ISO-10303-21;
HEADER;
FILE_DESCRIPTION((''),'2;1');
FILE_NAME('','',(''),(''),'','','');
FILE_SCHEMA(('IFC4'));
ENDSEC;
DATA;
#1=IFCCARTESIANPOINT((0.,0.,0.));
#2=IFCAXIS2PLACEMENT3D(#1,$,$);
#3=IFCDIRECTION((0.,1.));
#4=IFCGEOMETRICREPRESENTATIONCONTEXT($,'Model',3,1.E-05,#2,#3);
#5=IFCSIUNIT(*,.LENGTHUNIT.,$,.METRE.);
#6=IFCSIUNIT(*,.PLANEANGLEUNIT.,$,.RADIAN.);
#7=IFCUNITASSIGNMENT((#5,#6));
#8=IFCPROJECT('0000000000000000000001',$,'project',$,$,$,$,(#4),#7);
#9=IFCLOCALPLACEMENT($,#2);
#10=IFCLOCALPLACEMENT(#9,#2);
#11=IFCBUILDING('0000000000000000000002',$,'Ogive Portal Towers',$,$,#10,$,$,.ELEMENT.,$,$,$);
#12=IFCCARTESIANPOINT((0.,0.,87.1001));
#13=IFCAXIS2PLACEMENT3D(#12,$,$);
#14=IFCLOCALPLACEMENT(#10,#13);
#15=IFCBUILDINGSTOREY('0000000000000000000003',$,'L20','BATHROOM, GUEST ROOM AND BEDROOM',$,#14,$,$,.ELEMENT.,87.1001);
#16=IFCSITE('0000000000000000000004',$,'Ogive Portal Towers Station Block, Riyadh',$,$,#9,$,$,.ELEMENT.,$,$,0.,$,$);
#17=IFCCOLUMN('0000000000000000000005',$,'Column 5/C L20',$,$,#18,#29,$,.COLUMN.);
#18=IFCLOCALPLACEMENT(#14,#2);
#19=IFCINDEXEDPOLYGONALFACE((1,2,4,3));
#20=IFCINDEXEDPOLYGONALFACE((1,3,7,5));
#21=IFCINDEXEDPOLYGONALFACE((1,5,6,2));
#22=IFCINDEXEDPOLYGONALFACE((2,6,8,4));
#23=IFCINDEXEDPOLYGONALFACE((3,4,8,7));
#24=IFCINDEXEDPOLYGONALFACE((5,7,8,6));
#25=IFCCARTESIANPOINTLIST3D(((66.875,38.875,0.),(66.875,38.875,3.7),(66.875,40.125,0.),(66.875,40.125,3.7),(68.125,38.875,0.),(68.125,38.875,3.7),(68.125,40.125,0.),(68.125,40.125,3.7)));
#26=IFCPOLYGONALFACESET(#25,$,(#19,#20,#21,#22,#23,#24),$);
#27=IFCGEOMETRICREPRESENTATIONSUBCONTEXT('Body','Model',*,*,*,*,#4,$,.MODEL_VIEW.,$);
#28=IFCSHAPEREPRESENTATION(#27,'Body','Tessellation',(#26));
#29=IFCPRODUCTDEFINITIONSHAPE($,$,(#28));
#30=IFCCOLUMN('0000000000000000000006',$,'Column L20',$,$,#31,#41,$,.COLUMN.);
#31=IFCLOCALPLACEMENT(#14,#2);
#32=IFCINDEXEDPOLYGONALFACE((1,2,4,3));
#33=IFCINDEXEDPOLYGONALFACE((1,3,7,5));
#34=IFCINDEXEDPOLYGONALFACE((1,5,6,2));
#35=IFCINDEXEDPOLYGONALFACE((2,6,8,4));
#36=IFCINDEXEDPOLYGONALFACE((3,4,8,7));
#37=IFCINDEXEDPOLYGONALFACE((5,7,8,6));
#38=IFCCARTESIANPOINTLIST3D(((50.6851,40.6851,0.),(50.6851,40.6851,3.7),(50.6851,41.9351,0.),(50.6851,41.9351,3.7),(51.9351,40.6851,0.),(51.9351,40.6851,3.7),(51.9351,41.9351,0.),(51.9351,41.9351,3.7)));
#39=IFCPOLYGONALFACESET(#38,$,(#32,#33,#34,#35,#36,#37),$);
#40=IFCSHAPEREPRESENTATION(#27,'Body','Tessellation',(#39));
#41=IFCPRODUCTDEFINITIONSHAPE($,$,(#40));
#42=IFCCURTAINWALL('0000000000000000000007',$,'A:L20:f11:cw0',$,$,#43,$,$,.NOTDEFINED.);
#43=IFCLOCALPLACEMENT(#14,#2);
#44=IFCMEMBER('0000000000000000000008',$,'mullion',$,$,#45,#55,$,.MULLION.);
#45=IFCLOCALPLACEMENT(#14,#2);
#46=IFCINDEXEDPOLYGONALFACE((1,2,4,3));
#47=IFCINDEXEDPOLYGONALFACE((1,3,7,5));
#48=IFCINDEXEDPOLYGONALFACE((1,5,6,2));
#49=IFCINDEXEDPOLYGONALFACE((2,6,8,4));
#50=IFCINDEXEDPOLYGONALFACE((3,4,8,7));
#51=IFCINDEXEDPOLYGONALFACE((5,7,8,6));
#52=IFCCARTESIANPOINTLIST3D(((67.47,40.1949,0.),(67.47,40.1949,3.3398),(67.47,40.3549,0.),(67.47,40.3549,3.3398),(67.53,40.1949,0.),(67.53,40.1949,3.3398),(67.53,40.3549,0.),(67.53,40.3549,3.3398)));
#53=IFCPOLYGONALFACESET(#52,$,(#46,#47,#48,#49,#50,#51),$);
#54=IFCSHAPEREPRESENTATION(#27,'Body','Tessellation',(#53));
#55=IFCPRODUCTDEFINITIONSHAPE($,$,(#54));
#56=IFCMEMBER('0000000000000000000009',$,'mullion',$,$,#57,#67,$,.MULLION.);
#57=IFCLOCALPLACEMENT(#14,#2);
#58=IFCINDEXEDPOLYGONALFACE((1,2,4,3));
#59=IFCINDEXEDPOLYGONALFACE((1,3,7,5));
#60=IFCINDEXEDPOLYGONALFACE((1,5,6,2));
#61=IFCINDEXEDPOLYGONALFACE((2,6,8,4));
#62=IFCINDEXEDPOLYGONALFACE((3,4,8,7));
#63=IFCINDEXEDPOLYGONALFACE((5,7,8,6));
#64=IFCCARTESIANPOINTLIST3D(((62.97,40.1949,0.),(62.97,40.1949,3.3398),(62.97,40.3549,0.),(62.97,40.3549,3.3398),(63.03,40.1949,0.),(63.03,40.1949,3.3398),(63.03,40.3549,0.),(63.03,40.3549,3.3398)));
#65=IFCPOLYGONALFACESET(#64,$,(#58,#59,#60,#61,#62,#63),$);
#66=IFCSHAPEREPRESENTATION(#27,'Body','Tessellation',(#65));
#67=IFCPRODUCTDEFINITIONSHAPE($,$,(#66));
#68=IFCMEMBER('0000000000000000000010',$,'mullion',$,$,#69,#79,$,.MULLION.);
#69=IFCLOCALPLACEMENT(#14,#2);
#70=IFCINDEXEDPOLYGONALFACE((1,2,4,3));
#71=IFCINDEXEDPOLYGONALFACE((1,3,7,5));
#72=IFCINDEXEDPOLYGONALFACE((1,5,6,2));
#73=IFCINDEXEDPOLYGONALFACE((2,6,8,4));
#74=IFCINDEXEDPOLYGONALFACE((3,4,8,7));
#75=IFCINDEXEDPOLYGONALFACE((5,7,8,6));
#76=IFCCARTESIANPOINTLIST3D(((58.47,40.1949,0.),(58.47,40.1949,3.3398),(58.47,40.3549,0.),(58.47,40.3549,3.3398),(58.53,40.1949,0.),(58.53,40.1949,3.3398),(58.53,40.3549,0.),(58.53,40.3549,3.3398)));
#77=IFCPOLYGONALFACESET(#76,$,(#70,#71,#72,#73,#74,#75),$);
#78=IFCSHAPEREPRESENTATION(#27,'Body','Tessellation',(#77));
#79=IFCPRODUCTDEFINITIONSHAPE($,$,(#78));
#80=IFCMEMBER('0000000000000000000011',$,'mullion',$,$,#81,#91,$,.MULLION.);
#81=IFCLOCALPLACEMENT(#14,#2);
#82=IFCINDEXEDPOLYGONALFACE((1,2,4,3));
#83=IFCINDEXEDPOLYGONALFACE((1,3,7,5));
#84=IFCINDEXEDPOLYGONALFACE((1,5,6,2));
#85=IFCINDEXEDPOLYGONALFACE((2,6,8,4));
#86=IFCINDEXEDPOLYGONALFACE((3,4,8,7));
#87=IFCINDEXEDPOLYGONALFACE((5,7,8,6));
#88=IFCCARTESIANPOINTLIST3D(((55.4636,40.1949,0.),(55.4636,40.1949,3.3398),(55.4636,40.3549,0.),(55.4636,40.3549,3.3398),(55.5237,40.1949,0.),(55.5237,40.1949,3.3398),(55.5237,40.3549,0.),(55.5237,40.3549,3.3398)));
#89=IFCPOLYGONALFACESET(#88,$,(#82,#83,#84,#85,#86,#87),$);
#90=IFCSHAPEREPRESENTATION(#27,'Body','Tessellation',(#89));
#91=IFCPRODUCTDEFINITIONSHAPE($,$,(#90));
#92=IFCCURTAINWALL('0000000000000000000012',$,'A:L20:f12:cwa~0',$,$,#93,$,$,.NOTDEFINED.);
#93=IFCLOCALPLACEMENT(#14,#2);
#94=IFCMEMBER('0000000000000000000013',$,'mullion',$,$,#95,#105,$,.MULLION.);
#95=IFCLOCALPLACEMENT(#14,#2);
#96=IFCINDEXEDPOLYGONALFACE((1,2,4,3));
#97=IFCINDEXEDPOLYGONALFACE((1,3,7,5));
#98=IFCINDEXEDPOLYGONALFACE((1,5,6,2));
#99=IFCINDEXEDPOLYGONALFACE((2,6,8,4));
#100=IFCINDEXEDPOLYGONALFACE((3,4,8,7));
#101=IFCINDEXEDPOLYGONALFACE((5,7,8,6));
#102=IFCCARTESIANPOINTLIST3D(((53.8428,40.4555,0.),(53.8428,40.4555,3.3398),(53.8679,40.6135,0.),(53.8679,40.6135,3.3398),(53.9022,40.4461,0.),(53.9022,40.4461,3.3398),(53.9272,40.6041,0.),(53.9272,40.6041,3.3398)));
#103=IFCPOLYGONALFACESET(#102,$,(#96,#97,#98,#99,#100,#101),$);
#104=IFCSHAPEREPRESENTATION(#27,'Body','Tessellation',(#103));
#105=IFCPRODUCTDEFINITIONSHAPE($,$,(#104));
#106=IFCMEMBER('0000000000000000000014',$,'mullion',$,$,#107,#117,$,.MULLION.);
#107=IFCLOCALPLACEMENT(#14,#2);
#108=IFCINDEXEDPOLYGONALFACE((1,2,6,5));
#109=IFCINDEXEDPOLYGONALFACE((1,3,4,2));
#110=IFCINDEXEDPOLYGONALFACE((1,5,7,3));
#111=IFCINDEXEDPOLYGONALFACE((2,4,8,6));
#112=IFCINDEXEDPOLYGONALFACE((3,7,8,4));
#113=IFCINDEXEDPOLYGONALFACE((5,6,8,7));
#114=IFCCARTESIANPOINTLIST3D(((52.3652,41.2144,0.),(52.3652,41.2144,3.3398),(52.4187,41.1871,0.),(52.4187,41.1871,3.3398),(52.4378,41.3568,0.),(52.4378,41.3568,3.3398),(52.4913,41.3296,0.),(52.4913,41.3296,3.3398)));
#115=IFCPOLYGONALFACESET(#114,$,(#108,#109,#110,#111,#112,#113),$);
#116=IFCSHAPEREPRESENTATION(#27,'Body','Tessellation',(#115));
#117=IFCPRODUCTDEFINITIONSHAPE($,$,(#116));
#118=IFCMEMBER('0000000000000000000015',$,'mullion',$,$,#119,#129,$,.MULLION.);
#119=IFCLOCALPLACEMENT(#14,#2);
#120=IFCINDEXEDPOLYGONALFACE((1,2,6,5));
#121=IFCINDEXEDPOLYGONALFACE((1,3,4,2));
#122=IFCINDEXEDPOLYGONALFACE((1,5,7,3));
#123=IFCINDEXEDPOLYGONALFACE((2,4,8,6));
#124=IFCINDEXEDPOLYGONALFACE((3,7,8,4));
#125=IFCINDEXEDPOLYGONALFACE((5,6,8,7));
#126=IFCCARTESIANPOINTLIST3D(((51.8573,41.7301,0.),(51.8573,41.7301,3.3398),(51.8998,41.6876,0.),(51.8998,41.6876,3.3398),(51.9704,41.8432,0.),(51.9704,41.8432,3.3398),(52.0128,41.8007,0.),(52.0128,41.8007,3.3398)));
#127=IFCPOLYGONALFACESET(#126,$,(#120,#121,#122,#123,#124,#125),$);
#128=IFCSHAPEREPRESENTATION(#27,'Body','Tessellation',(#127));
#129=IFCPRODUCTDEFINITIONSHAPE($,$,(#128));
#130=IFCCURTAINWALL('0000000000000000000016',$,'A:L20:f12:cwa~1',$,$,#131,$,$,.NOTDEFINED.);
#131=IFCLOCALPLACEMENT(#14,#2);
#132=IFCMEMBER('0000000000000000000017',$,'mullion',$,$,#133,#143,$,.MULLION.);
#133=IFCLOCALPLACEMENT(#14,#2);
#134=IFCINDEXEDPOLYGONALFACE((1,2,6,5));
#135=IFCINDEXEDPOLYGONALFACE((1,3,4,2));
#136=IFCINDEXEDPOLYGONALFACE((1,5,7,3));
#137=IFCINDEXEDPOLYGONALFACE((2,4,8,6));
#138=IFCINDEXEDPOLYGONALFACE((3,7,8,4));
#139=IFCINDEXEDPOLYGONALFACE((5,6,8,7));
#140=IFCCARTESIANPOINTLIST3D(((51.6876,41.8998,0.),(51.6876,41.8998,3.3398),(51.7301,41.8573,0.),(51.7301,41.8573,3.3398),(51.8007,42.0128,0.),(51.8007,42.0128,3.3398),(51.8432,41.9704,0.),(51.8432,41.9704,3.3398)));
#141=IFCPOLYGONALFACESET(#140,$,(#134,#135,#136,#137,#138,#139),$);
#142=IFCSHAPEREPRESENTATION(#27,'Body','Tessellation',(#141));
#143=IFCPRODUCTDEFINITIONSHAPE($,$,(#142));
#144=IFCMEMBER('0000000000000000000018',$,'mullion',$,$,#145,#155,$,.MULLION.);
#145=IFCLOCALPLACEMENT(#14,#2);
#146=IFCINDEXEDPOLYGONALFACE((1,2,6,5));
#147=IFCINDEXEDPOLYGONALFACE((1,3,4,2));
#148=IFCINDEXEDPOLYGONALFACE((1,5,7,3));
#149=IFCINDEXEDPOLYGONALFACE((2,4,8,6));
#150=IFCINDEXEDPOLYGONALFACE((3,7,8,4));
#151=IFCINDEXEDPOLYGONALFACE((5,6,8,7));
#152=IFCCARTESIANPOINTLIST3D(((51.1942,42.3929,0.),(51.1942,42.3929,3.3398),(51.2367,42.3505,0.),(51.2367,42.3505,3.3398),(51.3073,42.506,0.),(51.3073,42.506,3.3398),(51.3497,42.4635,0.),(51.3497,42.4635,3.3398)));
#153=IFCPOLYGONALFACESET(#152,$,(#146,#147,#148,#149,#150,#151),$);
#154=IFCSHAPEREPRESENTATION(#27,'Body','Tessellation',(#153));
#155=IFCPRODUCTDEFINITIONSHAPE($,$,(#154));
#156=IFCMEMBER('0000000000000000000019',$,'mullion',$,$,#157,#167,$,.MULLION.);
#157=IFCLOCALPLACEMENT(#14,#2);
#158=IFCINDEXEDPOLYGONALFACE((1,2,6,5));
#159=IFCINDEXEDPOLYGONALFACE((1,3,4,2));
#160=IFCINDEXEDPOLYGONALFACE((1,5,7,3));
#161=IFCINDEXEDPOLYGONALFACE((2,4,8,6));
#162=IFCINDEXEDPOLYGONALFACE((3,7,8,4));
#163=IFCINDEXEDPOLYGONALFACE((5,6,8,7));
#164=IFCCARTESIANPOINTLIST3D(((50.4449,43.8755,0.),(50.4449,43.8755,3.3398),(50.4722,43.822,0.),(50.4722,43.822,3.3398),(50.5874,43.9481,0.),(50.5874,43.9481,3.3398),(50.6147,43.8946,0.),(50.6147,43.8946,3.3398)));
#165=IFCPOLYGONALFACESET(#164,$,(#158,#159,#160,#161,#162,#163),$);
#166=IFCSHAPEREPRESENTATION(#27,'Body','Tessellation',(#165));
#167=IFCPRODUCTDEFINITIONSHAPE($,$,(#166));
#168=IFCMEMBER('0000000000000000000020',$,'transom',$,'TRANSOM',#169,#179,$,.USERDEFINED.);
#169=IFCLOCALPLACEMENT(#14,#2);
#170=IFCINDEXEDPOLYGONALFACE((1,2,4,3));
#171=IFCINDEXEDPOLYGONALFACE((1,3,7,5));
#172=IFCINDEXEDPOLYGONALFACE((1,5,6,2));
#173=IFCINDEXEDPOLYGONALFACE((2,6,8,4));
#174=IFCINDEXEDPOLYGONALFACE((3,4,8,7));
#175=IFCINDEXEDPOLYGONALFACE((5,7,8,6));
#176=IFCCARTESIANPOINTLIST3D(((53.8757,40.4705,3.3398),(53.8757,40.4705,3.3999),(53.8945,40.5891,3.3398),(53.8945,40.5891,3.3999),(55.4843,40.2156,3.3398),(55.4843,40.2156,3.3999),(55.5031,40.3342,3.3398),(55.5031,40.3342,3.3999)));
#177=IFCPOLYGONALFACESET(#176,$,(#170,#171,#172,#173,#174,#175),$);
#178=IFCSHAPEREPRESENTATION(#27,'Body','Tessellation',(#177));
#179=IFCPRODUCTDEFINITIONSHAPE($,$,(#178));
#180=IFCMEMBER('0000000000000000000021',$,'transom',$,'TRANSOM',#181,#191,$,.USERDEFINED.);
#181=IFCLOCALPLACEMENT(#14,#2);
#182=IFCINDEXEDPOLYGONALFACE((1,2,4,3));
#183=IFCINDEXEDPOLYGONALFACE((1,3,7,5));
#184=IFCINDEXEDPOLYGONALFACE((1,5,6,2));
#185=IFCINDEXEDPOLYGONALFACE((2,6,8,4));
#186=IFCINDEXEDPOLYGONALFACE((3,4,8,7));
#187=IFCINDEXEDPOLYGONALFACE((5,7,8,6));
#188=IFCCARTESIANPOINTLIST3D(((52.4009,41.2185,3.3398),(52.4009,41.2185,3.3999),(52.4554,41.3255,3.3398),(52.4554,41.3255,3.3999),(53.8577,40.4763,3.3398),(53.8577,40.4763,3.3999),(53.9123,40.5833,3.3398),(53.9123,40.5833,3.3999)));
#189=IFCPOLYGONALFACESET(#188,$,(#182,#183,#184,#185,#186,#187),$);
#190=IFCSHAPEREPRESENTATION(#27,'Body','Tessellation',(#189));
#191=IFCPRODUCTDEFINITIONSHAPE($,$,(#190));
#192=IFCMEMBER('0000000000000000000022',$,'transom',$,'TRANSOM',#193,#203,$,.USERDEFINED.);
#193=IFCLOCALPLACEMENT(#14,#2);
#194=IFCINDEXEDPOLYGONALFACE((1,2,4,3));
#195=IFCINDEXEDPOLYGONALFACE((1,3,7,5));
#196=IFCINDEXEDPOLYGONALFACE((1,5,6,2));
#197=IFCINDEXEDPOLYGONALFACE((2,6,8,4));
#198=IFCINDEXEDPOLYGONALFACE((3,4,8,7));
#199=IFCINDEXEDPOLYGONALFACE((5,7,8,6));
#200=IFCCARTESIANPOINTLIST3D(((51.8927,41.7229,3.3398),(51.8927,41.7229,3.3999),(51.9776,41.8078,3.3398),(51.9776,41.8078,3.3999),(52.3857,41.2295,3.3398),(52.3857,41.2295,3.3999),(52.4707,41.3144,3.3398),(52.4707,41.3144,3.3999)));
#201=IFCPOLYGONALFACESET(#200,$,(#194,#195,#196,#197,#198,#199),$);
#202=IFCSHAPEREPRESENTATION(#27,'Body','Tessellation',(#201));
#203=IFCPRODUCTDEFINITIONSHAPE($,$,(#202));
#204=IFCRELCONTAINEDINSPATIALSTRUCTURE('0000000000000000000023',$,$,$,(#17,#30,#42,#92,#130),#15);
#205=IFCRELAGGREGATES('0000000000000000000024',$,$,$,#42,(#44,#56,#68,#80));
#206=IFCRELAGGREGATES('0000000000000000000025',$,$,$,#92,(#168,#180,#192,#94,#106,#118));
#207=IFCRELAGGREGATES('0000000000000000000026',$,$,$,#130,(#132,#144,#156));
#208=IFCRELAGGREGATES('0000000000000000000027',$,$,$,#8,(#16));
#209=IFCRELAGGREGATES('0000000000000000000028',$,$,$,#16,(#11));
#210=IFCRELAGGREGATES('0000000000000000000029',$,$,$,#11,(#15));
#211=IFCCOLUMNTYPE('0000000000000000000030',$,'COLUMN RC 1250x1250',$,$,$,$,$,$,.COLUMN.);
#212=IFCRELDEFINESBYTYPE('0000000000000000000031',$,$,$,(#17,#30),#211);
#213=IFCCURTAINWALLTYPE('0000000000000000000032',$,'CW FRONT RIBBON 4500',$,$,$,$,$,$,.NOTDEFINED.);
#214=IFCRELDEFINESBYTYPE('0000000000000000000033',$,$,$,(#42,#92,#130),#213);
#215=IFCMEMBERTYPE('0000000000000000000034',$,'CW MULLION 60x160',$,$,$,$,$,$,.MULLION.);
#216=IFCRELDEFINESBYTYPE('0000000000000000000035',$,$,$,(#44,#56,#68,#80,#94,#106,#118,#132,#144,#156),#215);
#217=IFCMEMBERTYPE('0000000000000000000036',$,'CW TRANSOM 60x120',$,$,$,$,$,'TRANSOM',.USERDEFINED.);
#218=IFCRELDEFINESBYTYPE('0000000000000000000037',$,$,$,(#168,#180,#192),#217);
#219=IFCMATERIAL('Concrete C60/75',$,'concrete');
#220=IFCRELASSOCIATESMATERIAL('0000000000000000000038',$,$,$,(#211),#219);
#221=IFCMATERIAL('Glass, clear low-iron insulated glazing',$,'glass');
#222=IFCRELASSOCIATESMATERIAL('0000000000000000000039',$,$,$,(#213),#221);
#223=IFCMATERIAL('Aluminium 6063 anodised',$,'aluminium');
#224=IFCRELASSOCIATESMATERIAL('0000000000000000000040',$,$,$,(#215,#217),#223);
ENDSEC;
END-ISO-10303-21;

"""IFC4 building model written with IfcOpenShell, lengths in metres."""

from ifc_helpers import new_model, si_unit, direction, frame, origin, origin_2d, place, context, subcontext, project, spatial, rectangle, extrude, material, material_profile, profile_set, type_object, element, aggregate, save


model = new_model("IFC4")

# Units and contexts
model_context = context("Model", 3, precision=1e-05, world=origin(), true_north=direction((0.0, 1.0)))
body_context = subcontext(model_context, "Body", "Model", "MODEL_VIEW")
ifc_project = project(units=[si_unit("LENGTHUNIT", "METRE"), si_unit("PLANEANGLEUNIT", "RADIAN")], contexts=[model_context])

# Site, building, storey
site_placement = place(None, origin())
site = spatial("IfcSite", under=ifc_project, at=site_placement, Name="Ogive Portal Towers Station Block, Riyadh", CompositionType="ELEMENT", RefElevation=0.0)
building_placement = place(site_placement, origin())
building = spatial("IfcBuilding", under=site, at=building_placement, Name="Ogive Portal Towers", CompositionType="ELEMENT")
storey_placement = place(building_placement, frame((0.0, 0.0, 87.1001)))
storey = spatial("IfcBuildingStorey", under=building, at=storey_placement, Name="L20", Description="BATHROOM, GUEST ROOM AND BEDROOM", CompositionType="ELEMENT", Elevation=87.1001)

# Columns
ifc_material_1 = material(Name="Concrete C60/75", Category="concrete")
ifc_material_profile_1 = material_profile(ifc_material_1, rectangle(XDim=1.25, YDim=1.25, at=origin_2d()), Name="RC 1250x1250")
ifc_profile_set_1 = profile_set([ifc_material_profile_1], Name="Concrete C60/75")
column_type = type_object("IfcColumnType", Name="COLUMN RC 1250x1250", PredefinedType="COLUMN", material=ifc_profile_set_1)
for number, where, z_axis, x_axis, name in (
    (1, (67.5, 39.5, 0.0), (0.0, 0.0, 1.0), (1.0, 0.0, 0.0), "Column 5/C L20"),
    (2, (51.3101, 41.3101, 0.0), (0.0, 0.0, 1.0), (1.0, 0.0, 0.0), "Column L20"),
):
    element("IfcColumn", number, at=place(storey_placement, frame(where, z_axis=z_axis, x_axis=x_axis)), inside=storey, type_object=column_type, Name=name, PredefinedType="COLUMN", context=body_context, shape_type="SweptSolid", body=[
        extrude(rectangle(XDim=1.25, YDim=1.25, at=origin_2d()), origin(), (0.0, 0.0, 1.0), 3.7),
    ])

# Curtain walls, members
ifc_material_2 = material(Name="Glass, clear low-iron insulated glazing", Category="glass")
curtain_wall_type = type_object("IfcCurtainWallType", Name="CW FRONT RIBBON 4500", PredefinedType="NOTDEFINED", material=ifc_material_2)
curtain_wall_1_placement = place(storey_placement, origin())
curtain_wall_1 = element("IfcCurtainWall", 3, at=curtain_wall_1_placement, inside=storey, type_object=curtain_wall_type, Name="A:L20:f11:cw0", PredefinedType="NOTDEFINED")
ifc_material_3 = material(Name="Aluminium 6063 anodised", Category="aluminium")
ifc_material_profile_2 = material_profile(ifc_material_3, rectangle(XDim=0.1599, YDim=0.0601, at=origin_2d()), Name="AL 60x160")
ifc_profile_set_2 = profile_set([ifc_material_profile_2], Name="Aluminium 6063 anodised")
member_type_1 = type_object("IfcMemberType", Name="CW MULLION 60x160", PredefinedType="MULLION", material=ifc_profile_set_2)
member_1_placement = place(storey_placement, frame((67.5, 40.2749, 0.0), z_axis=(0.0, 0.0, 1.0), x_axis=(0.0, -1.0, 0.0)))
member_1 = element("IfcMember", 4, at=member_1_placement, type_object=member_type_1, Name="mullion", PredefinedType="MULLION", context=body_context, shape_type="SweptSolid", body=[
    extrude(rectangle(XDim=0.1599, YDim=0.0601, at=origin_2d()), origin(), (0.0, 0.0, 1.0), 3.3398),
])
member_2_placement = place(storey_placement, frame((63.0, 40.2749, 0.0), z_axis=(0.0, 0.0, 1.0), x_axis=(0.0, -1.0, 0.0)))
member_2 = element("IfcMember", 5, at=member_2_placement, type_object=member_type_1, Name="mullion", PredefinedType="MULLION", context=body_context, shape_type="SweptSolid", body=[
    extrude(rectangle(XDim=0.1599, YDim=0.0601, at=origin_2d()), origin(), (0.0, 0.0, 1.0), 3.3398),
])
member_3_placement = place(storey_placement, frame((58.5, 40.2749, 0.0), z_axis=(0.0, 0.0, 1.0), x_axis=(0.0, -1.0, 0.0)))
member_3 = element("IfcMember", 6, at=member_3_placement, type_object=member_type_1, Name="mullion", PredefinedType="MULLION", context=body_context, shape_type="SweptSolid", body=[
    extrude(rectangle(XDim=0.1599, YDim=0.0601, at=origin_2d()), origin(), (0.0, 0.0, 1.0), 3.3398),
])
member_4_placement = place(storey_placement, frame((55.4937, 40.2749, 0.0), z_axis=(0.0, 0.0, 1.0), x_axis=(0.0, -1.0, 0.0)))
member_4 = element("IfcMember", 7, at=member_4_placement, type_object=member_type_1, Name="mullion", PredefinedType="MULLION", context=body_context, shape_type="SweptSolid", body=[
    extrude(rectangle(XDim=0.1599, YDim=0.0601, at=origin_2d()), origin(), (0.0, 0.0, 1.0), 3.3398),
])
curtain_wall_2_placement = place(storey_placement, origin())
curtain_wall_2 = element("IfcCurtainWall", 8, at=curtain_wall_2_placement, inside=storey, type_object=curtain_wall_type, Name="A:L20:f12:cwa~0", PredefinedType="NOTDEFINED")
member_5_placement = place(storey_placement, frame((53.885, 40.5298, 0.0), z_axis=(0.0, 0.0, 1.0), x_axis=(-0.156434, -0.987688, 0.0)))
member_5 = element("IfcMember", 9, at=member_5_placement, type_object=member_type_1, Name="mullion", PredefinedType="MULLION", context=body_context, shape_type="SweptSolid", body=[
    extrude(rectangle(XDim=0.1599, YDim=0.0601, at=origin_2d()), origin(), (0.0, 0.0, 1.0), 3.3398),
])
member_6_placement = place(storey_placement, frame((52.4282, 41.272, 0.0), z_axis=(0.0, 0.0, 1.0), x_axis=(-0.45399, -0.891007, 0.0)))
member_6 = element("IfcMember", 10, at=member_6_placement, type_object=member_type_1, Name="mullion", PredefinedType="MULLION", context=body_context, shape_type="SweptSolid", body=[
    extrude(rectangle(XDim=0.1599, YDim=0.0601, at=origin_2d()), origin(), (0.0, 0.0, 1.0), 3.3398),
])
member_7_placement = place(storey_placement, frame((51.9351, 41.7654, 0.0), z_axis=(0.0, 0.0, 1.0), x_axis=(-0.707107, -0.707107, 0.0)))
member_7 = element("IfcMember", 11, at=member_7_placement, type_object=member_type_1, Name="mullion", PredefinedType="MULLION", context=body_context, shape_type="SweptSolid", body=[
    extrude(rectangle(XDim=0.1599, YDim=0.0601, at=origin_2d()), origin(), (0.0, 0.0, 1.0), 3.3398),
])
curtain_wall_3_placement = place(storey_placement, origin())
curtain_wall_3 = element("IfcCurtainWall", 12, at=curtain_wall_3_placement, inside=storey, type_object=curtain_wall_type, Name="A:L20:f12:cwa~1", PredefinedType="NOTDEFINED")
member_8_placement = place(storey_placement, frame((51.7654, 41.9351, 0.0), z_axis=(0.0, 0.0, 1.0), x_axis=(-0.707107, -0.707107, 0.0)))
member_8 = element("IfcMember", 13, at=member_8_placement, type_object=member_type_1, Name="mullion", PredefinedType="MULLION", context=body_context, shape_type="SweptSolid", body=[
    extrude(rectangle(XDim=0.1599, YDim=0.0601, at=origin_2d()), origin(), (0.0, 0.0, 1.0), 3.3398),
])
member_9_placement = place(storey_placement, frame((51.272, 42.4282, 0.0), z_axis=(0.0, 0.0, 1.0), x_axis=(-0.707107, -0.707107, 0.0)))
member_9 = element("IfcMember", 14, at=member_9_placement, type_object=member_type_1, Name="mullion", PredefinedType="MULLION", context=body_context, shape_type="SweptSolid", body=[
    extrude(rectangle(XDim=0.1599, YDim=0.0601, at=origin_2d()), origin(), (0.0, 0.0, 1.0), 3.3398),
])
member_10_placement = place(storey_placement, frame((50.5298, 43.885, 0.0), z_axis=(0.0, 0.0, 1.0), x_axis=(-0.891007, -0.45399, 0.0)))
member_10 = element("IfcMember", 15, at=member_10_placement, type_object=member_type_1, Name="mullion", PredefinedType="MULLION", context=body_context, shape_type="SweptSolid", body=[
    extrude(rectangle(XDim=0.1599, YDim=0.0601, at=origin_2d()), origin(), (0.0, 0.0, 1.0), 3.3398),
])

# Members
ifc_material_profile_3 = material_profile(ifc_material_3, rectangle(XDim=0.1201, YDim=0.0601, at=origin_2d()), Name="AL 120x60")
ifc_profile_set_3 = profile_set([ifc_material_profile_3], Name="Aluminium 6063 anodised")
member_type_2 = type_object("IfcMemberType", Name="CW TRANSOM 60x120", ElementType="TRANSOM", PredefinedType="USERDEFINED", material=ifc_profile_set_3)
member_11_placement = place(storey_placement, frame((55.4937, 40.2749, 3.3699), z_axis=(-0.987679, 0.156494, 0.0), x_axis=(-0.156494, -0.987679, 0.0)))
member_11 = element("IfcMember", 16, at=member_11_placement, type_object=member_type_2, Name="transom", ObjectType="TRANSOM", PredefinedType="USERDEFINED", context=body_context, shape_type="SweptSolid", body=[
    extrude(rectangle(XDim=0.1201, YDim=0.0601, at=origin_2d()), origin(), (0.0, 0.0, 1.0), 1.6287),
])
member_12_placement = place(storey_placement, frame((53.885, 40.5298, 3.3699), z_axis=(-0.891027, 0.45395, 0.0), x_axis=(-0.45395, -0.891027, 0.0)))
member_12 = element("IfcMember", 17, at=member_12_placement, type_object=member_type_2, Name="transom", ObjectType="TRANSOM", PredefinedType="USERDEFINED", context=body_context, shape_type="SweptSolid", body=[
    extrude(rectangle(XDim=0.1201, YDim=0.0601, at=origin_2d()), origin(), (0.0, 0.0, 1.0), 1.635),
])
member_13_placement = place(storey_placement, frame((52.4282, 41.272, 3.3699), z_axis=(-0.706932, 0.707282, 0.0), x_axis=(-0.707282, -0.706932, 0.0)))
member_13 = element("IfcMember", 18, at=member_13_placement, type_object=member_type_2, Name="transom", ObjectType="TRANSOM", PredefinedType="USERDEFINED", context=body_context, shape_type="SweptSolid", body=[
    extrude(rectangle(XDim=0.1201, YDim=0.0601, at=origin_2d()), origin(), (0.0, 0.0, 1.0), 0.6975),
])

aggregate(curtain_wall_1, [member_1, member_2, member_3, member_4])
aggregate(curtain_wall_2, [member_11, member_12, member_13, member_5, member_6, member_7])
aggregate(curtain_wall_3, [member_8, member_9, member_10])

save(model, "model.ifc")
